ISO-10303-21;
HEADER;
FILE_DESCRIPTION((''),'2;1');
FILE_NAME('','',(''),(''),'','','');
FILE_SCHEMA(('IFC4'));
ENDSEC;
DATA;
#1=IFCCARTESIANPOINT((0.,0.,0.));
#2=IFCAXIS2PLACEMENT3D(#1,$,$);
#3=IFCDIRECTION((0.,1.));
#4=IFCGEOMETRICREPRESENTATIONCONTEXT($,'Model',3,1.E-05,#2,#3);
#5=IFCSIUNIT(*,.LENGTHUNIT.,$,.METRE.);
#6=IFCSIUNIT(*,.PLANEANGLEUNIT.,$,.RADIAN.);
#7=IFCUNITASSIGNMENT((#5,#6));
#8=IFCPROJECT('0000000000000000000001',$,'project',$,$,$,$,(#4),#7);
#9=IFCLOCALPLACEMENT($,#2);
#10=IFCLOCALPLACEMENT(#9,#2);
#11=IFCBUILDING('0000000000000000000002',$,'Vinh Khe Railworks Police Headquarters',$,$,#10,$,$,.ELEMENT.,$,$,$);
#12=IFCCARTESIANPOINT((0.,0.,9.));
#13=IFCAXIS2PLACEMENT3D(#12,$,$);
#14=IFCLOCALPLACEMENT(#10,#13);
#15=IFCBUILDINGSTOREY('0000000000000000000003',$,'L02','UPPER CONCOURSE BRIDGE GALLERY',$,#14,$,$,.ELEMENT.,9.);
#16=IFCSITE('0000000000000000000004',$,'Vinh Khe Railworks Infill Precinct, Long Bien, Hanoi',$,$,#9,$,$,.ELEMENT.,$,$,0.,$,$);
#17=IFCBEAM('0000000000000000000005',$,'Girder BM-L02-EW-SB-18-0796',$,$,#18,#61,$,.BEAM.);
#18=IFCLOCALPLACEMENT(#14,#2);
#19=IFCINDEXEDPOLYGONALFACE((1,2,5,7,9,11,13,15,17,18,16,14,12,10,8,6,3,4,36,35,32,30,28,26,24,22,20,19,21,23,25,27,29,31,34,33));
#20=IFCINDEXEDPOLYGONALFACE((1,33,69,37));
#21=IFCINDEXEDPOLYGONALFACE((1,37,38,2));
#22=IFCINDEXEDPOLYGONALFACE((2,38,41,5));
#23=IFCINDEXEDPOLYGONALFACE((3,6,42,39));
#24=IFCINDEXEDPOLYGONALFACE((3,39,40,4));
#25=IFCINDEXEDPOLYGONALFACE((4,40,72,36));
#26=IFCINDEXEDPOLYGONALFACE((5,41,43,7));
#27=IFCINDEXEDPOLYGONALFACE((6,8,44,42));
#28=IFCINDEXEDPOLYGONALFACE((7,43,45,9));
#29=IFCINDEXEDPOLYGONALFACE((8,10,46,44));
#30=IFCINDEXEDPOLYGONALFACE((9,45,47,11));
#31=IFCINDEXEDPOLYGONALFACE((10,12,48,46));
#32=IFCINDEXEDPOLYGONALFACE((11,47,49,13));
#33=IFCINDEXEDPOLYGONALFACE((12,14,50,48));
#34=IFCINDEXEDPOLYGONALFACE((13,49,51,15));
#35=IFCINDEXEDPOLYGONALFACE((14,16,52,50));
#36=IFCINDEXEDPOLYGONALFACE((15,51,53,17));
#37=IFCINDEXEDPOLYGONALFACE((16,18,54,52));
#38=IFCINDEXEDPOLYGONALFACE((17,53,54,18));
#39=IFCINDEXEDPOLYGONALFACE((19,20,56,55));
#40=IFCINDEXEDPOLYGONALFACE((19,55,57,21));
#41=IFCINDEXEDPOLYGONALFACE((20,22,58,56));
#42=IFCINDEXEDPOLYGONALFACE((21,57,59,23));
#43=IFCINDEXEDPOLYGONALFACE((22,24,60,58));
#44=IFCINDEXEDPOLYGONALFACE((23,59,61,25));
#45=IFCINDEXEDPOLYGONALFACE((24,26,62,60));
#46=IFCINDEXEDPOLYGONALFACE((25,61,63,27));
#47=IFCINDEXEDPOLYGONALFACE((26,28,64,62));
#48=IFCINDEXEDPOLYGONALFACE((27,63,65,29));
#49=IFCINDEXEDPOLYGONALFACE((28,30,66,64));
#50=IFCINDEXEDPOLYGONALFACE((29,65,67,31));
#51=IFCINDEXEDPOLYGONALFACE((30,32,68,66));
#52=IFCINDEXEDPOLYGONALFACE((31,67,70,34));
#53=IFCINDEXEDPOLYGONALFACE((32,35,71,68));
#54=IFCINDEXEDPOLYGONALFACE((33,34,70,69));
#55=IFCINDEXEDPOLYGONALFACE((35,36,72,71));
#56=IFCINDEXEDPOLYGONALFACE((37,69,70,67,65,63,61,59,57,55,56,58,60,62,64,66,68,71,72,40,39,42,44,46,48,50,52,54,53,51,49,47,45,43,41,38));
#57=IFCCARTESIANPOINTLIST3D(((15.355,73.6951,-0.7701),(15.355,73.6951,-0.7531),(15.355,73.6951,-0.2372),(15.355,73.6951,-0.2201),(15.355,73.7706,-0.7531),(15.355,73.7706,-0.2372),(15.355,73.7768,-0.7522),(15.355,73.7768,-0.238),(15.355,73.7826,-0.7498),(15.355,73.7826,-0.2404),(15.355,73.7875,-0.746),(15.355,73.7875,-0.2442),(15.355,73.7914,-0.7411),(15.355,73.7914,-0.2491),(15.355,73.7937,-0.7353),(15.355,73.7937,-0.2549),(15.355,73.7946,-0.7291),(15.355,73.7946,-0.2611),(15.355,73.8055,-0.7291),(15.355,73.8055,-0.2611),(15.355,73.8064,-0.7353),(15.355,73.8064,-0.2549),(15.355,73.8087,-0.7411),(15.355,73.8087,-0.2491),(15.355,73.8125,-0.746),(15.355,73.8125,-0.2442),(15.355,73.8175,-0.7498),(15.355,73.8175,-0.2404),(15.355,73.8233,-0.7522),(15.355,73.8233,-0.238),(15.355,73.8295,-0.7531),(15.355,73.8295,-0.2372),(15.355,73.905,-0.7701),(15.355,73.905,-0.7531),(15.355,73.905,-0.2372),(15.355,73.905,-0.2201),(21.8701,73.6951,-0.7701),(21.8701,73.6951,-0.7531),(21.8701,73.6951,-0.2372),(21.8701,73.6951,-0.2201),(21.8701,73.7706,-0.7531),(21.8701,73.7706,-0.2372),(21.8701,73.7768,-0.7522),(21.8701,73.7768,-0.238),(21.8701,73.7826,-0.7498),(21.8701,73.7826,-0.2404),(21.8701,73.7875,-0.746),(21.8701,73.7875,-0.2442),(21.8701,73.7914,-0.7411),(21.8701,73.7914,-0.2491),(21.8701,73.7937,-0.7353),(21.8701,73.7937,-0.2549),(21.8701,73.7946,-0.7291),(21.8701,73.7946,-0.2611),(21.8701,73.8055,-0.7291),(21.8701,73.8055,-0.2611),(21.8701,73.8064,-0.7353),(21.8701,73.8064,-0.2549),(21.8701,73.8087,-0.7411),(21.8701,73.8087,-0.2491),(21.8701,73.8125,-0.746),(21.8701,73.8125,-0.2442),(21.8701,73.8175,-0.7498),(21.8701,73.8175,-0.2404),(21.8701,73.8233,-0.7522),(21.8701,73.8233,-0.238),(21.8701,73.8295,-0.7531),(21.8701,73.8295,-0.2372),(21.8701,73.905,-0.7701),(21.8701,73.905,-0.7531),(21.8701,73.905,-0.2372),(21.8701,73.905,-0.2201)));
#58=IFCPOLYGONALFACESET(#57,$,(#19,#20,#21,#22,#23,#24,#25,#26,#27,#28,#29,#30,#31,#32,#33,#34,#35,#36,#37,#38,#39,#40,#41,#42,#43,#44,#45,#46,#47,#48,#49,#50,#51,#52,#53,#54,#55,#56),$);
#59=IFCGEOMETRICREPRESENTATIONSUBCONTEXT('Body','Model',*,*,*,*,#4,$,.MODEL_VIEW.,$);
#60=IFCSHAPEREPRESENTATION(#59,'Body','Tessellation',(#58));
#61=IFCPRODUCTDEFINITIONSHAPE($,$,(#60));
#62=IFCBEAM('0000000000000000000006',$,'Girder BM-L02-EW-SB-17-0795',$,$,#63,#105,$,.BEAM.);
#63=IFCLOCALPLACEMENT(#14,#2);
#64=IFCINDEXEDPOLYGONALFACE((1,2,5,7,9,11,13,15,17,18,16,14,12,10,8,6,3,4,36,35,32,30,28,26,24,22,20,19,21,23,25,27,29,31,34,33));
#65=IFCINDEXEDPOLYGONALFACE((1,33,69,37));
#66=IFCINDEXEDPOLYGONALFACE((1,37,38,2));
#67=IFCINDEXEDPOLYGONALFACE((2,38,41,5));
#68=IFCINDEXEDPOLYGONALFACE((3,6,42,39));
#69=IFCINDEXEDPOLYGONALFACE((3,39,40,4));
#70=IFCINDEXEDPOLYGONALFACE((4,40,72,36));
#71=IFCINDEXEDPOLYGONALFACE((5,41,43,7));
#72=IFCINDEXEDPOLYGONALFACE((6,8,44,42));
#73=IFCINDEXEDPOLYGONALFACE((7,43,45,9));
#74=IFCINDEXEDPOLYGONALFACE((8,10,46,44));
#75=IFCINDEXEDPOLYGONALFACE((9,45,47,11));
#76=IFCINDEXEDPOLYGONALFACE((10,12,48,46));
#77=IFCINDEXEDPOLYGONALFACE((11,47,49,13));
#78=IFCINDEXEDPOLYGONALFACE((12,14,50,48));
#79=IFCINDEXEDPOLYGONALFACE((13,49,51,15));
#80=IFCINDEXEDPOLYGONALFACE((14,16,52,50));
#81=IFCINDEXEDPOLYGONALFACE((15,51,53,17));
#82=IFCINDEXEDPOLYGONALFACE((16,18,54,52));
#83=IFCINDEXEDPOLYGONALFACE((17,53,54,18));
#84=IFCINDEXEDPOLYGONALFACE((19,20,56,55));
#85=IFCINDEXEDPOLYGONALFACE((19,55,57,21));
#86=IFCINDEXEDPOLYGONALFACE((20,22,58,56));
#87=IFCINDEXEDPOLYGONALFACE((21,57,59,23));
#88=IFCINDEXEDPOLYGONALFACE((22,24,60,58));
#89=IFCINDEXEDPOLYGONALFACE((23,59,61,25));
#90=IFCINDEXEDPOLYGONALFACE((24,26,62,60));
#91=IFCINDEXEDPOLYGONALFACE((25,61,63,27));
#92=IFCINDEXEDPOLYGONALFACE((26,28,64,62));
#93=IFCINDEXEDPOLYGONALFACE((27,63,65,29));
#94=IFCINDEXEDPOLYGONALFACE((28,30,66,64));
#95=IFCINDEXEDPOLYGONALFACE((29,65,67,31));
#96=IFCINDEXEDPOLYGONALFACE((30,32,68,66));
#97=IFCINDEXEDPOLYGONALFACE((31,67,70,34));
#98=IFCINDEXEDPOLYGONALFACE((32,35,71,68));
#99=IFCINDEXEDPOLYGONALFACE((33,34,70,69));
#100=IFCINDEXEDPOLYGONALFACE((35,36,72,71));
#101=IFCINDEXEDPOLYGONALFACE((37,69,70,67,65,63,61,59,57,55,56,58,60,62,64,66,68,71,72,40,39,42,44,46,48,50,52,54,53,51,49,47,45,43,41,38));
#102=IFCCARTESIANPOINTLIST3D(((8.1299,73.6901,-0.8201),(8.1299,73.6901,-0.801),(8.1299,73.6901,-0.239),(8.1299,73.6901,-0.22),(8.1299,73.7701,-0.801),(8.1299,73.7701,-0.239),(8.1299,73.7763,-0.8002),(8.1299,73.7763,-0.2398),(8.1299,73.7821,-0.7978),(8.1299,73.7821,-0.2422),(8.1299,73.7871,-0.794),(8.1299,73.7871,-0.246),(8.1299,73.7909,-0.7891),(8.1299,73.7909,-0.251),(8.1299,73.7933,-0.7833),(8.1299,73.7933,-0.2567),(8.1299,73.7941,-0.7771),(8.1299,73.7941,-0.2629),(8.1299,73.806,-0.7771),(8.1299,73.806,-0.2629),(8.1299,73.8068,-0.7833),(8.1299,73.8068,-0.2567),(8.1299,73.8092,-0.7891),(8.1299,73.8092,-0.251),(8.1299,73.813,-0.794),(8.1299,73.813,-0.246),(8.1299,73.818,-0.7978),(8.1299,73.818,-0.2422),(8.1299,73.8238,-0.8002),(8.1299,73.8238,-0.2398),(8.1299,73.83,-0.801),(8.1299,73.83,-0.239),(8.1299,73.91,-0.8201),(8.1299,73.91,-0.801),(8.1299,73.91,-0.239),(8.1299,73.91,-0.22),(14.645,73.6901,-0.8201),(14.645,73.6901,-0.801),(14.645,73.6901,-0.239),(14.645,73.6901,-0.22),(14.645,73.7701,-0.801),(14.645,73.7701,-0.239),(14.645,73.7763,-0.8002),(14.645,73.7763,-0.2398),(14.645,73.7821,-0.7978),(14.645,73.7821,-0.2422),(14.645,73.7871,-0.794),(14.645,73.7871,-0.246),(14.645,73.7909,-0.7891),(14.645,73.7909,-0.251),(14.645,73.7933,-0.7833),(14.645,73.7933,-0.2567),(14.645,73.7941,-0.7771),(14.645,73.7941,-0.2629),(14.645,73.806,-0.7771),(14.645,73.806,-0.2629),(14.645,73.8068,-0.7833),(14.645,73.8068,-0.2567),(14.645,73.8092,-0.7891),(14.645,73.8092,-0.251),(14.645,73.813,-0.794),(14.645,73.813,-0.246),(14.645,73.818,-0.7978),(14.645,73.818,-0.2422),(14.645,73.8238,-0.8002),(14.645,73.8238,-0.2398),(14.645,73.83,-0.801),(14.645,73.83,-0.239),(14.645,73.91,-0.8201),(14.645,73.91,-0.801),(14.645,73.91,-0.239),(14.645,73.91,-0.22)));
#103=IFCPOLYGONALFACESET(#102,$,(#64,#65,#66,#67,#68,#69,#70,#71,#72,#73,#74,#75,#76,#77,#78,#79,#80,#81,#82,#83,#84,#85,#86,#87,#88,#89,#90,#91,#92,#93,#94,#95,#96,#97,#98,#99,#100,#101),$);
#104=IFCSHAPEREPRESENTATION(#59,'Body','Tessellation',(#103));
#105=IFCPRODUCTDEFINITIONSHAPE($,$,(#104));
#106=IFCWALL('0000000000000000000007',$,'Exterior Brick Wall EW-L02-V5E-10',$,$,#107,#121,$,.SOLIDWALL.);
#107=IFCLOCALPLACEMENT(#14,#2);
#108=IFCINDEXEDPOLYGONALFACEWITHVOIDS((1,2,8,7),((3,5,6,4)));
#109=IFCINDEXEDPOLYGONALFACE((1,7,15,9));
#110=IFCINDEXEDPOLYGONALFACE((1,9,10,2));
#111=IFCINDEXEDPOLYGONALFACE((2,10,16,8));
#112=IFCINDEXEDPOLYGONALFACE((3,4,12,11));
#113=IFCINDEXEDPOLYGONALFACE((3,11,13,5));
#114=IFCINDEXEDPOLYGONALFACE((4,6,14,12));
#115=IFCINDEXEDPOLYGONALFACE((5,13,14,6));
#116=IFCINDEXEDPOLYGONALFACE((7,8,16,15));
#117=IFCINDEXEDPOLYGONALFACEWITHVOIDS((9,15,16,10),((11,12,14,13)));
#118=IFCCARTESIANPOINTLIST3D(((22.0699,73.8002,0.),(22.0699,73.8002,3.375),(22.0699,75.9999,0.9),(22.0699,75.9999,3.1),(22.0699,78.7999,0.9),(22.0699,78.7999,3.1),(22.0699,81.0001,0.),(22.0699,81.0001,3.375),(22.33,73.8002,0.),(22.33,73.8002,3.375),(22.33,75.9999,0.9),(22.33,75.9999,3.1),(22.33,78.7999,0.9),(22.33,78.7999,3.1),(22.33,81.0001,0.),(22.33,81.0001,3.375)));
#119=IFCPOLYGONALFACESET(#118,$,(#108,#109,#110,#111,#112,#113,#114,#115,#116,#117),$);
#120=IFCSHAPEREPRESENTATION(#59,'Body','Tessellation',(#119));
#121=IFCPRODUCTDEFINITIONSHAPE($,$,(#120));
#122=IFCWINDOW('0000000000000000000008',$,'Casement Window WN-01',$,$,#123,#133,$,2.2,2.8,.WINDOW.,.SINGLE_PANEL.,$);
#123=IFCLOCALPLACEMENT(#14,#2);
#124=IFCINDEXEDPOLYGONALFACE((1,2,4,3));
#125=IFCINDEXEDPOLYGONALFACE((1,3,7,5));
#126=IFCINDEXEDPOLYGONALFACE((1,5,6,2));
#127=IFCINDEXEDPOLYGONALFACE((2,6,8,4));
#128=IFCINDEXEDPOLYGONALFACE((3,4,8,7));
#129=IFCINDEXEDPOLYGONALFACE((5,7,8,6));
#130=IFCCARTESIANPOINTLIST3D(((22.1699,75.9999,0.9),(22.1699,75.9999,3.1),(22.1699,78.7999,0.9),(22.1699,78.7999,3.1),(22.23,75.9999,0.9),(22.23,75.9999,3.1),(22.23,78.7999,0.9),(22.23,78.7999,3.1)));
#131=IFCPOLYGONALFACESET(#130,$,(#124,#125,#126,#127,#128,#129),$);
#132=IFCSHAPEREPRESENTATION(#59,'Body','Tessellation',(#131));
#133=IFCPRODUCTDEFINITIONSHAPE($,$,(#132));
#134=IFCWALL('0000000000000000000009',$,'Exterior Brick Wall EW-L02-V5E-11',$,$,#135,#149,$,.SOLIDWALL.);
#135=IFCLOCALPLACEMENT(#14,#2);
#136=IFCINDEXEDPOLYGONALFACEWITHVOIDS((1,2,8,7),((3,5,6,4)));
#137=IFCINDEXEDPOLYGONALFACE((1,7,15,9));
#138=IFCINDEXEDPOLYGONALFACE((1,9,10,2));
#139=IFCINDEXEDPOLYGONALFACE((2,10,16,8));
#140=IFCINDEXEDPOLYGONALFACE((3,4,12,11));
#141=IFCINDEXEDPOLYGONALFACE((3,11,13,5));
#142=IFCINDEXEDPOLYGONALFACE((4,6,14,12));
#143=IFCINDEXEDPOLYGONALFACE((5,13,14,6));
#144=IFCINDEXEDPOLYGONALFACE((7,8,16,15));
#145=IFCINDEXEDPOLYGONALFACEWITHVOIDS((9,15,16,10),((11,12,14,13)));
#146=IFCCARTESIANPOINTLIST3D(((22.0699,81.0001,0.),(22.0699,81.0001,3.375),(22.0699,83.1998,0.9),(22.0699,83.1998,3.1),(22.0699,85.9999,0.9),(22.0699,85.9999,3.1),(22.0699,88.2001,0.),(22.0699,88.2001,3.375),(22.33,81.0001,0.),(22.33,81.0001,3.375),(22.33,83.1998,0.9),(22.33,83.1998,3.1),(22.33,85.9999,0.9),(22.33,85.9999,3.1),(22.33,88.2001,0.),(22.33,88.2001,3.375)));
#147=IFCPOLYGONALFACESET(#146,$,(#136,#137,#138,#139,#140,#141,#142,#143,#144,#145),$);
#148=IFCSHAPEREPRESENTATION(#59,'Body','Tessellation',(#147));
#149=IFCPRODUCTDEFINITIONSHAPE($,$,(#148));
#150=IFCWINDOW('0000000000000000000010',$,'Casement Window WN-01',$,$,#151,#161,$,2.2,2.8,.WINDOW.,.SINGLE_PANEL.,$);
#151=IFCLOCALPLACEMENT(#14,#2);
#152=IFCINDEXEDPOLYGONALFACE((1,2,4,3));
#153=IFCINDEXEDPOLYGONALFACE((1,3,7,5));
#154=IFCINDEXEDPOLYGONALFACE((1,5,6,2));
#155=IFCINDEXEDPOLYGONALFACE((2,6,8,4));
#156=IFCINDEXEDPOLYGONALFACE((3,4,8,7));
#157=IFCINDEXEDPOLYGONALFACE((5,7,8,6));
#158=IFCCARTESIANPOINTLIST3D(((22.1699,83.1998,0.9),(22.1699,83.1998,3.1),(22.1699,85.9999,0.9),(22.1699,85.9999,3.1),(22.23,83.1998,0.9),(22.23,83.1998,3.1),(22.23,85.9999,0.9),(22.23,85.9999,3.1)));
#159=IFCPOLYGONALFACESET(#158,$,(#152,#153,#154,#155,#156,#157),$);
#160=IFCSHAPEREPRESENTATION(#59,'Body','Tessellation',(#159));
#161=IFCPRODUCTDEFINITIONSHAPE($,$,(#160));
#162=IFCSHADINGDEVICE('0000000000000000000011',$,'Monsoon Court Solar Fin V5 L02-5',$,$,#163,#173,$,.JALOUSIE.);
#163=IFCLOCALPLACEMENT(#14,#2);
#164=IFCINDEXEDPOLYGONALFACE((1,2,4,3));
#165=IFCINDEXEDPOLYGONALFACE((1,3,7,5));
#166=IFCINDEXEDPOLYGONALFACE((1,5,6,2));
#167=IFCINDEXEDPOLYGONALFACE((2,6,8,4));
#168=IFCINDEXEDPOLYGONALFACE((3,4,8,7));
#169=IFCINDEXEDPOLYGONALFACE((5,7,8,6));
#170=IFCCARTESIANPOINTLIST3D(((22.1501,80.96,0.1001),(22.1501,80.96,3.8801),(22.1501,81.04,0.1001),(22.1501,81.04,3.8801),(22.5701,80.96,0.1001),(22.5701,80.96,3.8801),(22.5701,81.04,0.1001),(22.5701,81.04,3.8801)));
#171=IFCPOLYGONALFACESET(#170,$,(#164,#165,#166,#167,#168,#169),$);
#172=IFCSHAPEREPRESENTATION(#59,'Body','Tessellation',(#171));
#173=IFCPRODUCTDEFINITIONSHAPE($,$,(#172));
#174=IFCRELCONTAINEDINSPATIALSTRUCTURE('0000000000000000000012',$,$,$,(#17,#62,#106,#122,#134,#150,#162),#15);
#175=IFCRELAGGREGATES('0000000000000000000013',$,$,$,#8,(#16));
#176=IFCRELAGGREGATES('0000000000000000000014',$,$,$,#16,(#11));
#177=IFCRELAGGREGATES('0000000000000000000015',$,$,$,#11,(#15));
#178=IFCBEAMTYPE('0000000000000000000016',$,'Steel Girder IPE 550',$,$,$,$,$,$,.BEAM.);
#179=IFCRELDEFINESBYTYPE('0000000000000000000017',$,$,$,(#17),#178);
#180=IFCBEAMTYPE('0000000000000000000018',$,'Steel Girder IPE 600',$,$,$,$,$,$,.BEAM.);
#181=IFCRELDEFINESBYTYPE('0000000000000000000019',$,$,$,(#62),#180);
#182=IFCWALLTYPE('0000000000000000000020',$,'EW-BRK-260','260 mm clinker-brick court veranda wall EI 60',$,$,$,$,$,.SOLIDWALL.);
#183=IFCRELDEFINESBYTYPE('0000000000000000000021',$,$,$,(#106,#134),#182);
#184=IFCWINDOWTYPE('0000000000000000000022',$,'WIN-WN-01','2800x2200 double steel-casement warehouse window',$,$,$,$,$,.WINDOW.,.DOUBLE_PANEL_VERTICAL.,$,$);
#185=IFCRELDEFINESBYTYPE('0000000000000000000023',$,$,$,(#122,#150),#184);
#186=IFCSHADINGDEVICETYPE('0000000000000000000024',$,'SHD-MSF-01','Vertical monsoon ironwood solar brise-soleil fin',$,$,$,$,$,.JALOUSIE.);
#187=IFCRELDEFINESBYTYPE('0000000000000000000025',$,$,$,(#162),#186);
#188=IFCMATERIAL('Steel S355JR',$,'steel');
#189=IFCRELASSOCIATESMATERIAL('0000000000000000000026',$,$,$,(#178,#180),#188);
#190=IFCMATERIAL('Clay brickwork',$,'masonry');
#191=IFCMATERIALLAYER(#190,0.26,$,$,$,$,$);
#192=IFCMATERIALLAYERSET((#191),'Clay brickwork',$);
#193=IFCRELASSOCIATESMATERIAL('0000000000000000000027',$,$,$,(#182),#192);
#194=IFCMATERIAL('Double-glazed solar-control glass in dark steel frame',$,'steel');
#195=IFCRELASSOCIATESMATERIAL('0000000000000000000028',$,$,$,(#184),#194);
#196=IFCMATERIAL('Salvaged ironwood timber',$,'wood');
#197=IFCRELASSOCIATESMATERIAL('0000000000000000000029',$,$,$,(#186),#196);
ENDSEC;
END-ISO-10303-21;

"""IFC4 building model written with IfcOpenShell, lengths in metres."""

from ifc_helpers import new_model, si_unit, direction, frame, frame_2d, origin, origin_2d, place, context, subcontext, project, spatial, rectangle, i_section, extrude, material, layer, layer_set, material_profile, profile_set, type_object, element, fill, save


model = new_model("IFC4")

# Units and contexts
model_context = context("Model", 3, precision=1e-05, world=origin(), true_north=direction((0.0, 1.0)))
body_context = subcontext(model_context, "Body", "Model", "MODEL_VIEW")
ifc_project = project(units=[si_unit("LENGTHUNIT", "METRE"), si_unit("PLANEANGLEUNIT", "RADIAN")], contexts=[model_context])

# Site, building, storey
site_placement = place(None, origin())
site = spatial("IfcSite", under=ifc_project, at=site_placement, Name="Vinh Khe Railworks Infill Precinct, Long Bien, Hanoi", CompositionType="ELEMENT", RefElevation=0.0)
building_placement = place(site_placement, origin())
building = spatial("IfcBuilding", under=site, at=building_placement, Name="Vinh Khe Railworks Police Headquarters", CompositionType="ELEMENT")
storey_placement = place(building_placement, frame((0.0, 0.0, 9.0)))
storey = spatial("IfcBuildingStorey", under=building, at=storey_placement, Name="L02", Description="UPPER CONCOURSE BRIDGE GALLERY", CompositionType="ELEMENT", Elevation=9.0)

# Shared definitions
ifc_material_1 = material(Name="Steel S355JR", Category="steel")

# Beams
ifc_material_profile_1 = material_profile(ifc_material_1, i_section(OverallWidth=0.21, OverallDepth=0.55, WebThickness=0.011, FlangeThickness=0.0171, FilletRadius=0.0239, at=origin_2d()), Name="IPE 550")
ifc_profile_set_1 = profile_set([ifc_material_profile_1], Name="Steel S355JR")
beam_type_1 = type_object("IfcBeamType", Name="Steel Girder IPE 550", PredefinedType="BEAM", material=ifc_profile_set_1)
beam_1_placement = place(storey_placement, frame((15.355, 73.8, -0.4951), z_axis=(1.0, 0.0, 0.0), x_axis=(0.0, 1.0, 0.0)))
element("IfcBeam", 1, at=beam_1_placement, inside=storey, type_object=beam_type_1, Name="Girder BM-L02-EW-SB-18-0796", PredefinedType="BEAM", context=body_context, shape_type="SweptSolid", body=[
    extrude(i_section(OverallWidth=0.21, OverallDepth=0.55, WebThickness=0.011, FlangeThickness=0.0171, FilletRadius=0.0239, at=origin_2d()), origin(), (0.0, 0.0, 1.0), 6.5151),
])
ifc_material_profile_2 = material_profile(ifc_material_1, i_section(OverallWidth=0.22, OverallDepth=0.6001, WebThickness=0.012, FlangeThickness=0.019, FilletRadius=0.0239, at=origin_2d()), Name="IPE 600")
ifc_profile_set_2 = profile_set([ifc_material_profile_2], Name="Steel S355JR")
beam_type_2 = type_object("IfcBeamType", Name="Steel Girder IPE 600", PredefinedType="BEAM", material=ifc_profile_set_2)
beam_2_placement = place(storey_placement, frame((8.1299, 73.8, -0.52), z_axis=(1.0, 0.0, 0.0), x_axis=(0.0, 1.0, 0.0)))
element("IfcBeam", 2, at=beam_2_placement, inside=storey, type_object=beam_type_2, Name="Girder BM-L02-EW-SB-17-0795", PredefinedType="BEAM", context=body_context, shape_type="SweptSolid", body=[
    extrude(i_section(OverallWidth=0.22, OverallDepth=0.6001, WebThickness=0.012, FlangeThickness=0.019, FilletRadius=0.0239, at=origin_2d()), origin(), (0.0, 0.0, 1.0), 6.5151),
])

# Walls, openings, windows
ifc_material_2 = material(Name="Clay brickwork", Category="masonry")
ifc_layer = layer(ifc_material_2, 0.26)
ifc_layer_set = layer_set([ifc_layer], Name="Clay brickwork")
wall_type = type_object("IfcWallType", Name="EW-BRK-260", Description="260 mm clinker-brick court veranda wall EI 60", PredefinedType="SOLIDWALL", material=ifc_layer_set)
wall_1_placement = place(storey_placement, frame((22.2, 73.8, 0.0), z_axis=(0.0, 0.0, 1.0), x_axis=(0.0, 1.0, 0.0)))
wall_1 = element("IfcWall", 3, at=wall_1_placement, inside=storey, type_object=wall_type, Name="Exterior Brick Wall EW-L02-V5E-10", PredefinedType="SOLIDWALL", context=body_context, shape_type="SweptSolid", body=[
    extrude(rectangle(XDim=7.2, YDim=0.26, at=frame_2d((3.6001, 0.0))), origin(), (0.0, 0.0, 1.0), 3.375),
])
opening_1_placement = place(wall_1_placement, frame((2.2, 0.0, 0.8999)))
opening_1 = element("IfcOpeningElement", 4, at=opening_1_placement, cuts=wall_1, PredefinedType="OPENING", context=body_context, shape_type="SweptSolid", body=[
    extrude(rectangle(XDim=2.8, YDim=2.2, at=frame_2d((1.3999, 1.1001))), frame((0.0, 0.145, 0.0), z_axis=(0.0, -1.0, 0.0), x_axis=(1.0, 0.0, 0.0)), (0.0, 0.0, 1.0), 0.2898),
])
ifc_material_3 = material(Name="Double-glazed solar-control glass in dark steel frame", Category="steel")
window_type = type_object("IfcWindowType", Name="WIN-WN-01", Description="2800x2200 double steel-casement warehouse window", PartitioningType="DOUBLE_PANEL_VERTICAL", PredefinedType="WINDOW", material=ifc_material_3)
window_1_placement = place(opening_1_placement, origin())
window_1 = element("IfcWindow", 5, at=window_1_placement, inside=storey, type_object=window_type, Name="Casement Window WN-01", OverallHeight=2.2, OverallWidth=2.8, PartitioningType="SINGLE_PANEL", PredefinedType="WINDOW", context=body_context, shape_type="SweptSolid", body=[
    extrude(rectangle(XDim=2.8, YDim=2.2, at=frame_2d((1.3999, 1.1001))), frame((0.0, 0.03, 0.0), z_axis=(0.0, -1.0, 0.0), x_axis=(1.0, 0.0, 0.0)), (0.0, 0.0, 1.0), 0.0601),
])
fill(opening_1, window_1)
wall_2_placement = place(storey_placement, frame((22.2, 81.0, 0.0), z_axis=(0.0, 0.0, 1.0), x_axis=(0.0, 1.0, 0.0)))
wall_2 = element("IfcWall", 6, at=wall_2_placement, inside=storey, type_object=wall_type, Name="Exterior Brick Wall EW-L02-V5E-11", PredefinedType="SOLIDWALL", context=body_context, shape_type="SweptSolid", body=[
    extrude(rectangle(XDim=7.2, YDim=0.26, at=frame_2d((3.6001, 0.0))), origin(), (0.0, 0.0, 1.0), 3.375),
])
opening_2_placement = place(wall_2_placement, frame((2.2, 0.0, 0.8999)))
opening_2 = element("IfcOpeningElement", 7, at=opening_2_placement, cuts=wall_2, PredefinedType="OPENING", context=body_context, shape_type="SweptSolid", body=[
    extrude(rectangle(XDim=2.8, YDim=2.2, at=frame_2d((1.3999, 1.1001))), frame((0.0, 0.145, 0.0), z_axis=(0.0, -1.0, 0.0), x_axis=(1.0, 0.0, 0.0)), (0.0, 0.0, 1.0), 0.2898),
])
window_2_placement = place(opening_2_placement, origin())
window_2 = element("IfcWindow", 8, at=window_2_placement, inside=storey, type_object=window_type, Name="Casement Window WN-01", OverallHeight=2.2, OverallWidth=2.8, PartitioningType="SINGLE_PANEL", PredefinedType="WINDOW", context=body_context, shape_type="SweptSolid", body=[
    extrude(rectangle(XDim=2.8, YDim=2.2, at=frame_2d((1.3999, 1.1001))), frame((0.0, 0.03, 0.0), z_axis=(0.0, -1.0, 0.0), x_axis=(1.0, 0.0, 0.0)), (0.0, 0.0, 1.0), 0.0601),
])
fill(opening_2, window_2)

# Shading device
ifc_material_4 = material(Name="Salvaged ironwood timber", Category="wood")
shading_device_type = type_object("IfcShadingDeviceType", Name="SHD-MSF-01", Description="Vertical monsoon ironwood solar brise-soleil fin", PredefinedType="JALOUSIE", material=ifc_material_4)
shading_device_placement = place(storey_placement, frame((22.3601, 81.0, 0.1001), z_axis=(0.0, 0.0, 1.0), x_axis=(1.0, 0.0, 0.0)))
element("IfcShadingDevice", 9, at=shading_device_placement, inside=storey, type_object=shading_device_type, Name="Monsoon Court Solar Fin V5 L02-5", PredefinedType="JALOUSIE", context=body_context, shape_type="SweptSolid", body=[
    extrude(rectangle(XDim=0.4199, YDim=0.0801, at=origin_2d()), origin(), (0.0, 0.0, 1.0), 3.78),
])

save(model, "model.ifc")
